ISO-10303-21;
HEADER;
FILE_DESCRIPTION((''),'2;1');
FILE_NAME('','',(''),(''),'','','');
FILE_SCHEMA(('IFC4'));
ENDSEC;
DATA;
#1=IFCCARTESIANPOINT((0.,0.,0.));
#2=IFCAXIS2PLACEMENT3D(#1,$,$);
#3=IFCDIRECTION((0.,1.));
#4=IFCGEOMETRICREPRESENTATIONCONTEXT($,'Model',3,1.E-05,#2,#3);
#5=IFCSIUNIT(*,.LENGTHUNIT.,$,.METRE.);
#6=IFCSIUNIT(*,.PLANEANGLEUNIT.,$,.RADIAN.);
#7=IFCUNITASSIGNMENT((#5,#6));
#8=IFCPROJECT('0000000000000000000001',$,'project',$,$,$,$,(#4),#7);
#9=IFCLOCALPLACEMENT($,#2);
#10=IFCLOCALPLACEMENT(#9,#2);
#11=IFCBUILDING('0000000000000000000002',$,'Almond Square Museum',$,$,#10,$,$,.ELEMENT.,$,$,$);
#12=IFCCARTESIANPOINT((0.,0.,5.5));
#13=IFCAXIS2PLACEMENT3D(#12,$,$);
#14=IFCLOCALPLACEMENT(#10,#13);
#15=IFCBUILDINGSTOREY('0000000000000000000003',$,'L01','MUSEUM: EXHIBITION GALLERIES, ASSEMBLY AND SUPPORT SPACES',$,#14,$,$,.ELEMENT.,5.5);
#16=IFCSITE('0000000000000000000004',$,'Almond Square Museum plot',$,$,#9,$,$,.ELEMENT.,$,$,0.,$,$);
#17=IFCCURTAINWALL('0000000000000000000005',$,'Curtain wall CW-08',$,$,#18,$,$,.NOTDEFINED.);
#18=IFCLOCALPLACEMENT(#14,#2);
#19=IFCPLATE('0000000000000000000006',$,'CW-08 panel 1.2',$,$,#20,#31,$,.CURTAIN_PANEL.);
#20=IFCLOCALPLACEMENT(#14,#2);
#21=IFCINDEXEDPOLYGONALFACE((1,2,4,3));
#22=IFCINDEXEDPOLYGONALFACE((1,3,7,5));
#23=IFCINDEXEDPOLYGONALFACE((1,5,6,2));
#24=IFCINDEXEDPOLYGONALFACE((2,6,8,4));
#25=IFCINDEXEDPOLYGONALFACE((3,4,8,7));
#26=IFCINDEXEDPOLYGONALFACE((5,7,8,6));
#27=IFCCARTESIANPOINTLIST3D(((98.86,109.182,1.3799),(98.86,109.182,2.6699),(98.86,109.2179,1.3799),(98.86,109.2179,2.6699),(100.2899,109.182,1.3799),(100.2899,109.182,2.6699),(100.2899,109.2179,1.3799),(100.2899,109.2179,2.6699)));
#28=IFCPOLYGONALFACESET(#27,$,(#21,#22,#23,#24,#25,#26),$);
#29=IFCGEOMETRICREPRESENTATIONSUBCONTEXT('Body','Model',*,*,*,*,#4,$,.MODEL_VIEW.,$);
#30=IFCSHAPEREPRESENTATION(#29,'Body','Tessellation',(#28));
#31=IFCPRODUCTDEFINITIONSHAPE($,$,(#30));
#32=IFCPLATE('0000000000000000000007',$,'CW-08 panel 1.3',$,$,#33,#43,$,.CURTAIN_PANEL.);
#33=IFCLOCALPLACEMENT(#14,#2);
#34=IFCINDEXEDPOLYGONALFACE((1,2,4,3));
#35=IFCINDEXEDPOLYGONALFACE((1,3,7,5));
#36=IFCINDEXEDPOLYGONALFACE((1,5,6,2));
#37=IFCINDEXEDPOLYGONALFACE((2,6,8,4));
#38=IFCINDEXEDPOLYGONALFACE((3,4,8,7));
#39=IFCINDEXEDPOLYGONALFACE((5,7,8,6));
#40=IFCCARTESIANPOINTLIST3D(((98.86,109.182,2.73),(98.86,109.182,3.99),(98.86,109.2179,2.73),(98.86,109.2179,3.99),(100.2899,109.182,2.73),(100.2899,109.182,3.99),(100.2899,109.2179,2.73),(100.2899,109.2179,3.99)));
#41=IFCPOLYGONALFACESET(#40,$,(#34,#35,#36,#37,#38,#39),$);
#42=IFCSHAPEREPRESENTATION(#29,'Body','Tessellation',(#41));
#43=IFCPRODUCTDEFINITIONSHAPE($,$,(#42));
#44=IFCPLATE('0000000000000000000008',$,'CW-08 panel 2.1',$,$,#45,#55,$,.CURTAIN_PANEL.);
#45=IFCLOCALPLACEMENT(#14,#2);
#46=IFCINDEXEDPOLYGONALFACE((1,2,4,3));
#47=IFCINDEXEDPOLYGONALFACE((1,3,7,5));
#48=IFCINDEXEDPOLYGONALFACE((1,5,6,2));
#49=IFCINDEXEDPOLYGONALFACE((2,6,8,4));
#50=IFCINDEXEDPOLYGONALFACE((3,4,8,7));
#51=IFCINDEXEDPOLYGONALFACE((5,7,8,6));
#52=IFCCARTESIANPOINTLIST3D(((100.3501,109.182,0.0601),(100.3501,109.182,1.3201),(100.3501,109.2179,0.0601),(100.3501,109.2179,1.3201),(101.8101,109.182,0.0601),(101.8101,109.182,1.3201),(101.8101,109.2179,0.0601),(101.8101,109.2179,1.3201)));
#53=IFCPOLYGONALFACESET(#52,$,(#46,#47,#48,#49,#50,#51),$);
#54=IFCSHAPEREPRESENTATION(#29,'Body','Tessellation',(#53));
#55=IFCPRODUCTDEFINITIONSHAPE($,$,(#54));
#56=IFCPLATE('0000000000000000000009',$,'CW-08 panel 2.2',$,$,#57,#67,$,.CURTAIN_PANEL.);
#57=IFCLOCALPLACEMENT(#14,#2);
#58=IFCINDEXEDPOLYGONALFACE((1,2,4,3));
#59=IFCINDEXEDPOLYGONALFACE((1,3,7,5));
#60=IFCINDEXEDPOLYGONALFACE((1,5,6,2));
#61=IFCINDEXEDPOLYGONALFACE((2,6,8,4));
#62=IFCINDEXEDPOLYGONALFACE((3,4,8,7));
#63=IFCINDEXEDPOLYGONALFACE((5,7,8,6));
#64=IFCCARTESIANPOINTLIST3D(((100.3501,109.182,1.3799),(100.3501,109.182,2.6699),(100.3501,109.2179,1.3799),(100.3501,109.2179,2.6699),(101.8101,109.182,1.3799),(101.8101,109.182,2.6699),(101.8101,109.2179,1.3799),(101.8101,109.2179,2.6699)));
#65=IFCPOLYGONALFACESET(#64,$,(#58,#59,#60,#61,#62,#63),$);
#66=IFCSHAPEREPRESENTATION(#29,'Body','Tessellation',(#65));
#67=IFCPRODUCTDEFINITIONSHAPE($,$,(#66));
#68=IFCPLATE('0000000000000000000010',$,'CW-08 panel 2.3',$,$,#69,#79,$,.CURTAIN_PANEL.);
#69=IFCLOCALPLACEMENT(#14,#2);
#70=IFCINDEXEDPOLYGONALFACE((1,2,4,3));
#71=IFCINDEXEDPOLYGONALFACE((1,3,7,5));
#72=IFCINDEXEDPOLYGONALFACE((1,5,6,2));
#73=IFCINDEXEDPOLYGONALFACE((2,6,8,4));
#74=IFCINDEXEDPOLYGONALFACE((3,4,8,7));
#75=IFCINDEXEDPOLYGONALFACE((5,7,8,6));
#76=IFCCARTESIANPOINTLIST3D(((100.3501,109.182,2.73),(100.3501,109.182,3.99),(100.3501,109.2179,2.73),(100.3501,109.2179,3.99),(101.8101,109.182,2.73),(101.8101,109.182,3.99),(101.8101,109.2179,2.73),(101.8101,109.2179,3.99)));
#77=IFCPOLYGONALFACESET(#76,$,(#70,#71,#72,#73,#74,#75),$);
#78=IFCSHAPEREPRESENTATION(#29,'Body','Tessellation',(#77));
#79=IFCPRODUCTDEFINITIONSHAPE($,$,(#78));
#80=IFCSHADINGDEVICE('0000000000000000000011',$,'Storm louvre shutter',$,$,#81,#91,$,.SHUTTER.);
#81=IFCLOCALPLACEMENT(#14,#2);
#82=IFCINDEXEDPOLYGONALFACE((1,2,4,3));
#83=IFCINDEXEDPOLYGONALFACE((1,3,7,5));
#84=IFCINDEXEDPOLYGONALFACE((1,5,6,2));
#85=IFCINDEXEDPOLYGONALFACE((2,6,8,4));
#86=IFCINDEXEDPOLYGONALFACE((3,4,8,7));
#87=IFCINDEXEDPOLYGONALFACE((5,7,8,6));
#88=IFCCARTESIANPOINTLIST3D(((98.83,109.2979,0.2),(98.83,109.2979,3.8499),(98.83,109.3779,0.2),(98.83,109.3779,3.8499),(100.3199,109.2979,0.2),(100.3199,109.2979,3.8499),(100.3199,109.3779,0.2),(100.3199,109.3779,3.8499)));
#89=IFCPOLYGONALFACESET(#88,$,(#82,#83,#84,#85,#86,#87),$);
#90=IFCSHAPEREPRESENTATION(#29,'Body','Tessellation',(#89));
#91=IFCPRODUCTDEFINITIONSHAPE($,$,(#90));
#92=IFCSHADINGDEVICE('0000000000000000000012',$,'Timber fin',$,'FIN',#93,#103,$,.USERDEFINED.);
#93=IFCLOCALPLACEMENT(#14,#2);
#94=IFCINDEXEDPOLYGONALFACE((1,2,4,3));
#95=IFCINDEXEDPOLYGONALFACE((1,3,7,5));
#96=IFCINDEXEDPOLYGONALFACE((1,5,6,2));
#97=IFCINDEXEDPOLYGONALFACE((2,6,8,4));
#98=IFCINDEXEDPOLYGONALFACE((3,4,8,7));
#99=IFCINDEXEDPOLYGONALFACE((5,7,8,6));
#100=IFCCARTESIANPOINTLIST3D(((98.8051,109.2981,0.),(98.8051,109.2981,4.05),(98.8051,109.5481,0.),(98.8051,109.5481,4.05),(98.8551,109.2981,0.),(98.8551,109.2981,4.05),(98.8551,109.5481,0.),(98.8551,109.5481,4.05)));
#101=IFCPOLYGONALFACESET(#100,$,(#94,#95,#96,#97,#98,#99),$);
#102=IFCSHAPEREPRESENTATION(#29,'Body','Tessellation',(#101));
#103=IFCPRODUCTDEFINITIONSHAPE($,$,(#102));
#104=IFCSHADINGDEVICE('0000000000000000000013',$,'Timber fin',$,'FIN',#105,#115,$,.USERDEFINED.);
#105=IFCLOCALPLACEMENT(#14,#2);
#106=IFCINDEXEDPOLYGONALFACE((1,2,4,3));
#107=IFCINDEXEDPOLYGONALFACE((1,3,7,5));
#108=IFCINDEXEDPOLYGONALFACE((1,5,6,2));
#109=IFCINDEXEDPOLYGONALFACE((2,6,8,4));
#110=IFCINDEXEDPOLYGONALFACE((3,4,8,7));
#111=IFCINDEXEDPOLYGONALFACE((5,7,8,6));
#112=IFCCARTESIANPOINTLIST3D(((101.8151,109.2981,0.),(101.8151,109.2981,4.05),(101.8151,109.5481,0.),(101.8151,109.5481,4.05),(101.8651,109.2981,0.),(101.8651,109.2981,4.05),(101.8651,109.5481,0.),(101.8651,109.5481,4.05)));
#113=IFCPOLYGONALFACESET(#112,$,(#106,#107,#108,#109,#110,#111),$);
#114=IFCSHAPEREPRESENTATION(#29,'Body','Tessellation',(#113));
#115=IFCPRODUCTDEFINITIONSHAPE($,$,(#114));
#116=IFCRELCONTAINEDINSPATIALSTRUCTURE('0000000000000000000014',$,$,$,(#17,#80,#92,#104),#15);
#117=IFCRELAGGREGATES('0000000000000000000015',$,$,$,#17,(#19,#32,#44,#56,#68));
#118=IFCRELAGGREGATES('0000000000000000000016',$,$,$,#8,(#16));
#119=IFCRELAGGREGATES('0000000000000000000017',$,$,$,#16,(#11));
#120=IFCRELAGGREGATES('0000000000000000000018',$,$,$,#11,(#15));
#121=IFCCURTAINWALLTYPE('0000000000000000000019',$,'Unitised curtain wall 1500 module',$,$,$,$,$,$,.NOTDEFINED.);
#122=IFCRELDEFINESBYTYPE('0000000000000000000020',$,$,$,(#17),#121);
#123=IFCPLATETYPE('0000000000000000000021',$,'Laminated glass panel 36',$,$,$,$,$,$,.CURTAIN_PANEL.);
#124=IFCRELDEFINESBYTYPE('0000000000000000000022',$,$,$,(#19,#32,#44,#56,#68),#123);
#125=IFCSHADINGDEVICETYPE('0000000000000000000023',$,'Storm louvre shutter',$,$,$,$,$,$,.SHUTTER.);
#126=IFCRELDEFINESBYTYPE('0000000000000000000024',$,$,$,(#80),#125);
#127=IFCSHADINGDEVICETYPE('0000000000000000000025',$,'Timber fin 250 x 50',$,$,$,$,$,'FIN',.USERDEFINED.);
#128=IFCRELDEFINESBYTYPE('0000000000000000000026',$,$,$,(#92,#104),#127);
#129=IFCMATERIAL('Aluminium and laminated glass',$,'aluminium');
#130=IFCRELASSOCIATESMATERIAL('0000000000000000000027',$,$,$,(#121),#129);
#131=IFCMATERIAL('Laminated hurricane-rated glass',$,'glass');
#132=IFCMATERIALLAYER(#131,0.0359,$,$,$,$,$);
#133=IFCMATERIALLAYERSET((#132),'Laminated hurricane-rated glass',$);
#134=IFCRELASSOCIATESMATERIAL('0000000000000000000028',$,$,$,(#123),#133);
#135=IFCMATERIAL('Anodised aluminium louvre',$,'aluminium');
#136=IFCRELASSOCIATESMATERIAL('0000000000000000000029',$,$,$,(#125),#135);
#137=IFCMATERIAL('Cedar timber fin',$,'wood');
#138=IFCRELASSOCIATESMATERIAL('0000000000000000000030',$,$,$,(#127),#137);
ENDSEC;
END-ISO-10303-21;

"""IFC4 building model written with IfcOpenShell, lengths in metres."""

from ifc_helpers import new_model, si_unit, direction, frame, origin, origin_2d, place, context, subcontext, project, spatial, rectangle, extrude, material, layer, layer_set, material_profile, profile_set, type_object, element, aggregate, save


model = new_model("IFC4")

# Units and contexts
model_context = context("Model", 3, precision=1e-05, world=origin(), true_north=direction((0.0, 1.0)))
body_context = subcontext(model_context, "Body", "Model", "MODEL_VIEW")
ifc_project = project(units=[si_unit("LENGTHUNIT", "METRE"), si_unit("PLANEANGLEUNIT", "RADIAN")], contexts=[model_context])

# Site, building, storey
site_placement = place(None, origin())
site = spatial("IfcSite", under=ifc_project, at=site_placement, Name="Almond Square Museum plot", CompositionType="ELEMENT", RefElevation=0.0)
building_placement = place(site_placement, origin())
building = spatial("IfcBuilding", under=site, at=building_placement, Name="Almond Square Museum", CompositionType="ELEMENT")
storey_placement = place(building_placement, frame((0.0, 0.0, 5.5)))
storey = spatial("IfcBuildingStorey", under=building, at=storey_placement, Name="L01", Description="MUSEUM: EXHIBITION GALLERIES, ASSEMBLY AND SUPPORT SPACES", CompositionType="ELEMENT", Elevation=5.5)

# Curtain wall, plates
ifc_material_1 = material(Name="Aluminium and laminated glass", Category="aluminium")
curtain_wall_type = type_object("IfcCurtainWallType", Name="Unitised curtain wall 1500 module", PredefinedType="NOTDEFINED", material=ifc_material_1)
curtain_wall_placement = place(storey_placement, origin())
curtain_wall = element("IfcCurtainWall", 1, at=curtain_wall_placement, inside=storey, type_object=curtain_wall_type, Name="Curtain wall CW-08", PredefinedType="NOTDEFINED")
ifc_material_2 = material(Name="Laminated hurricane-rated glass", Category="glass")
ifc_layer = layer(ifc_material_2, 0.0359)
ifc_layer_set = layer_set([ifc_layer], Name="Laminated hurricane-rated glass")
plate_type = type_object("IfcPlateType", Name="Laminated glass panel 36", PredefinedType="CURTAIN_PANEL", material=ifc_layer_set)
plate_1_placement = place(storey_placement, frame((99.575, 109.2, 1.3799), z_axis=(0.0, 0.0, 1.0), x_axis=(1.0, 0.0, 0.0)))
plate_1 = element("IfcPlate", 2, at=plate_1_placement, type_object=plate_type, Name="CW-08 panel 1.2", PredefinedType="CURTAIN_PANEL", context=body_context, shape_type="SweptSolid", body=[
    extrude(rectangle(XDim=1.4299, YDim=0.0359, at=origin_2d()), origin(), (0.0, 0.0, 1.0), 1.29),
])
plate_2_placement = place(storey_placement, frame((99.575, 109.2, 2.73), z_axis=(0.0, 0.0, 1.0), x_axis=(1.0, 0.0, 0.0)))
plate_2 = element("IfcPlate", 3, at=plate_2_placement, type_object=plate_type, Name="CW-08 panel 1.3", PredefinedType="CURTAIN_PANEL", context=body_context, shape_type="SweptSolid", body=[
    extrude(rectangle(XDim=1.4299, YDim=0.0359, at=origin_2d()), origin(), (0.0, 0.0, 1.0), 1.26),
])
plate_3_placement = place(storey_placement, frame((101.0801, 109.2, 0.0601), z_axis=(0.0, 0.0, 1.0), x_axis=(1.0, 0.0, 0.0)))
plate_3 = element("IfcPlate", 4, at=plate_3_placement, type_object=plate_type, Name="CW-08 panel 2.1", PredefinedType="CURTAIN_PANEL", context=body_context, shape_type="SweptSolid", body=[
    extrude(rectangle(XDim=1.46, YDim=0.0359, at=origin_2d()), origin(), (0.0, 0.0, 1.0), 1.26),
])
plate_4_placement = place(storey_placement, frame((101.0801, 109.2, 1.3799), z_axis=(0.0, 0.0, 1.0), x_axis=(1.0, 0.0, 0.0)))
plate_4 = element("IfcPlate", 5, at=plate_4_placement, type_object=plate_type, Name="CW-08 panel 2.2", PredefinedType="CURTAIN_PANEL", context=body_context, shape_type="SweptSolid", body=[
    extrude(rectangle(XDim=1.46, YDim=0.0359, at=origin_2d()), origin(), (0.0, 0.0, 1.0), 1.29),
])
plate_5_placement = place(storey_placement, frame((101.0801, 109.2, 2.73), z_axis=(0.0, 0.0, 1.0), x_axis=(1.0, 0.0, 0.0)))
plate_5 = element("IfcPlate", 6, at=plate_5_placement, type_object=plate_type, Name="CW-08 panel 2.3", PredefinedType="CURTAIN_PANEL", context=body_context, shape_type="SweptSolid", body=[
    extrude(rectangle(XDim=1.46, YDim=0.0359, at=origin_2d()), origin(), (0.0, 0.0, 1.0), 1.26),
])
aggregate(curtain_wall, [plate_1, plate_2, plate_3, plate_4, plate_5])

# Shading devices
ifc_material_3 = material(Name="Anodised aluminium louvre", Category="aluminium")
shading_device_type_1 = type_object("IfcShadingDeviceType", Name="Storm louvre shutter", PredefinedType="SHUTTER", material=ifc_material_3)
shading_device_placement = place(storey_placement, frame((99.575, 109.3379, 0.2), z_axis=(0.0, 0.0, 1.0), x_axis=(1.0, 0.0, 0.0)))
element("IfcShadingDevice", 7, at=shading_device_placement, inside=storey, type_object=shading_device_type_1, Name="Storm louvre shutter", PredefinedType="SHUTTER", context=body_context, shape_type="SweptSolid", body=[
    extrude(rectangle(XDim=1.49, YDim=0.0801, at=origin_2d()), origin(), (0.0, 0.0, 1.0), 3.6499),
])
ifc_material_4 = material(Name="Cedar timber fin", Category="wood")
ifc_material_profile_1 = material_profile(ifc_material_4, rectangle(XDim=0.25, YDim=0.05, at=origin_2d()))
ifc_profile_set_1 = profile_set([ifc_material_profile_1], Name="Cedar timber fin")
shading_device_type_2 = type_object("IfcShadingDeviceType", Name="Timber fin 250 x 50", ElementType="FIN", PredefinedType="USERDEFINED", material=ifc_profile_set_1)
for number, where, z_axis, x_axis, name in (
    (8, (98.8301, 109.4231, 0.0), (0.0, 0.0, 1.0), (0.0, 1.0, 0.0), "Timber fin"),
    (9, (101.8401, 109.4231, 0.0), (0.0, 0.0, 1.0), (0.0, 1.0, 0.0), "Timber fin"),
):
    element("IfcShadingDevice", number, at=place(storey_placement, frame(where, z_axis=z_axis, x_axis=x_axis)), inside=storey, type_object=shading_device_type_2, Name=name, ObjectType="FIN", PredefinedType="USERDEFINED", context=body_context, shape_type="SweptSolid", body=[
        extrude(rectangle(XDim=0.25, YDim=0.05, at=origin_2d()), origin(), (0.0, 0.0, 1.0), 4.05),
    ])

save(model, "model.ifc")
